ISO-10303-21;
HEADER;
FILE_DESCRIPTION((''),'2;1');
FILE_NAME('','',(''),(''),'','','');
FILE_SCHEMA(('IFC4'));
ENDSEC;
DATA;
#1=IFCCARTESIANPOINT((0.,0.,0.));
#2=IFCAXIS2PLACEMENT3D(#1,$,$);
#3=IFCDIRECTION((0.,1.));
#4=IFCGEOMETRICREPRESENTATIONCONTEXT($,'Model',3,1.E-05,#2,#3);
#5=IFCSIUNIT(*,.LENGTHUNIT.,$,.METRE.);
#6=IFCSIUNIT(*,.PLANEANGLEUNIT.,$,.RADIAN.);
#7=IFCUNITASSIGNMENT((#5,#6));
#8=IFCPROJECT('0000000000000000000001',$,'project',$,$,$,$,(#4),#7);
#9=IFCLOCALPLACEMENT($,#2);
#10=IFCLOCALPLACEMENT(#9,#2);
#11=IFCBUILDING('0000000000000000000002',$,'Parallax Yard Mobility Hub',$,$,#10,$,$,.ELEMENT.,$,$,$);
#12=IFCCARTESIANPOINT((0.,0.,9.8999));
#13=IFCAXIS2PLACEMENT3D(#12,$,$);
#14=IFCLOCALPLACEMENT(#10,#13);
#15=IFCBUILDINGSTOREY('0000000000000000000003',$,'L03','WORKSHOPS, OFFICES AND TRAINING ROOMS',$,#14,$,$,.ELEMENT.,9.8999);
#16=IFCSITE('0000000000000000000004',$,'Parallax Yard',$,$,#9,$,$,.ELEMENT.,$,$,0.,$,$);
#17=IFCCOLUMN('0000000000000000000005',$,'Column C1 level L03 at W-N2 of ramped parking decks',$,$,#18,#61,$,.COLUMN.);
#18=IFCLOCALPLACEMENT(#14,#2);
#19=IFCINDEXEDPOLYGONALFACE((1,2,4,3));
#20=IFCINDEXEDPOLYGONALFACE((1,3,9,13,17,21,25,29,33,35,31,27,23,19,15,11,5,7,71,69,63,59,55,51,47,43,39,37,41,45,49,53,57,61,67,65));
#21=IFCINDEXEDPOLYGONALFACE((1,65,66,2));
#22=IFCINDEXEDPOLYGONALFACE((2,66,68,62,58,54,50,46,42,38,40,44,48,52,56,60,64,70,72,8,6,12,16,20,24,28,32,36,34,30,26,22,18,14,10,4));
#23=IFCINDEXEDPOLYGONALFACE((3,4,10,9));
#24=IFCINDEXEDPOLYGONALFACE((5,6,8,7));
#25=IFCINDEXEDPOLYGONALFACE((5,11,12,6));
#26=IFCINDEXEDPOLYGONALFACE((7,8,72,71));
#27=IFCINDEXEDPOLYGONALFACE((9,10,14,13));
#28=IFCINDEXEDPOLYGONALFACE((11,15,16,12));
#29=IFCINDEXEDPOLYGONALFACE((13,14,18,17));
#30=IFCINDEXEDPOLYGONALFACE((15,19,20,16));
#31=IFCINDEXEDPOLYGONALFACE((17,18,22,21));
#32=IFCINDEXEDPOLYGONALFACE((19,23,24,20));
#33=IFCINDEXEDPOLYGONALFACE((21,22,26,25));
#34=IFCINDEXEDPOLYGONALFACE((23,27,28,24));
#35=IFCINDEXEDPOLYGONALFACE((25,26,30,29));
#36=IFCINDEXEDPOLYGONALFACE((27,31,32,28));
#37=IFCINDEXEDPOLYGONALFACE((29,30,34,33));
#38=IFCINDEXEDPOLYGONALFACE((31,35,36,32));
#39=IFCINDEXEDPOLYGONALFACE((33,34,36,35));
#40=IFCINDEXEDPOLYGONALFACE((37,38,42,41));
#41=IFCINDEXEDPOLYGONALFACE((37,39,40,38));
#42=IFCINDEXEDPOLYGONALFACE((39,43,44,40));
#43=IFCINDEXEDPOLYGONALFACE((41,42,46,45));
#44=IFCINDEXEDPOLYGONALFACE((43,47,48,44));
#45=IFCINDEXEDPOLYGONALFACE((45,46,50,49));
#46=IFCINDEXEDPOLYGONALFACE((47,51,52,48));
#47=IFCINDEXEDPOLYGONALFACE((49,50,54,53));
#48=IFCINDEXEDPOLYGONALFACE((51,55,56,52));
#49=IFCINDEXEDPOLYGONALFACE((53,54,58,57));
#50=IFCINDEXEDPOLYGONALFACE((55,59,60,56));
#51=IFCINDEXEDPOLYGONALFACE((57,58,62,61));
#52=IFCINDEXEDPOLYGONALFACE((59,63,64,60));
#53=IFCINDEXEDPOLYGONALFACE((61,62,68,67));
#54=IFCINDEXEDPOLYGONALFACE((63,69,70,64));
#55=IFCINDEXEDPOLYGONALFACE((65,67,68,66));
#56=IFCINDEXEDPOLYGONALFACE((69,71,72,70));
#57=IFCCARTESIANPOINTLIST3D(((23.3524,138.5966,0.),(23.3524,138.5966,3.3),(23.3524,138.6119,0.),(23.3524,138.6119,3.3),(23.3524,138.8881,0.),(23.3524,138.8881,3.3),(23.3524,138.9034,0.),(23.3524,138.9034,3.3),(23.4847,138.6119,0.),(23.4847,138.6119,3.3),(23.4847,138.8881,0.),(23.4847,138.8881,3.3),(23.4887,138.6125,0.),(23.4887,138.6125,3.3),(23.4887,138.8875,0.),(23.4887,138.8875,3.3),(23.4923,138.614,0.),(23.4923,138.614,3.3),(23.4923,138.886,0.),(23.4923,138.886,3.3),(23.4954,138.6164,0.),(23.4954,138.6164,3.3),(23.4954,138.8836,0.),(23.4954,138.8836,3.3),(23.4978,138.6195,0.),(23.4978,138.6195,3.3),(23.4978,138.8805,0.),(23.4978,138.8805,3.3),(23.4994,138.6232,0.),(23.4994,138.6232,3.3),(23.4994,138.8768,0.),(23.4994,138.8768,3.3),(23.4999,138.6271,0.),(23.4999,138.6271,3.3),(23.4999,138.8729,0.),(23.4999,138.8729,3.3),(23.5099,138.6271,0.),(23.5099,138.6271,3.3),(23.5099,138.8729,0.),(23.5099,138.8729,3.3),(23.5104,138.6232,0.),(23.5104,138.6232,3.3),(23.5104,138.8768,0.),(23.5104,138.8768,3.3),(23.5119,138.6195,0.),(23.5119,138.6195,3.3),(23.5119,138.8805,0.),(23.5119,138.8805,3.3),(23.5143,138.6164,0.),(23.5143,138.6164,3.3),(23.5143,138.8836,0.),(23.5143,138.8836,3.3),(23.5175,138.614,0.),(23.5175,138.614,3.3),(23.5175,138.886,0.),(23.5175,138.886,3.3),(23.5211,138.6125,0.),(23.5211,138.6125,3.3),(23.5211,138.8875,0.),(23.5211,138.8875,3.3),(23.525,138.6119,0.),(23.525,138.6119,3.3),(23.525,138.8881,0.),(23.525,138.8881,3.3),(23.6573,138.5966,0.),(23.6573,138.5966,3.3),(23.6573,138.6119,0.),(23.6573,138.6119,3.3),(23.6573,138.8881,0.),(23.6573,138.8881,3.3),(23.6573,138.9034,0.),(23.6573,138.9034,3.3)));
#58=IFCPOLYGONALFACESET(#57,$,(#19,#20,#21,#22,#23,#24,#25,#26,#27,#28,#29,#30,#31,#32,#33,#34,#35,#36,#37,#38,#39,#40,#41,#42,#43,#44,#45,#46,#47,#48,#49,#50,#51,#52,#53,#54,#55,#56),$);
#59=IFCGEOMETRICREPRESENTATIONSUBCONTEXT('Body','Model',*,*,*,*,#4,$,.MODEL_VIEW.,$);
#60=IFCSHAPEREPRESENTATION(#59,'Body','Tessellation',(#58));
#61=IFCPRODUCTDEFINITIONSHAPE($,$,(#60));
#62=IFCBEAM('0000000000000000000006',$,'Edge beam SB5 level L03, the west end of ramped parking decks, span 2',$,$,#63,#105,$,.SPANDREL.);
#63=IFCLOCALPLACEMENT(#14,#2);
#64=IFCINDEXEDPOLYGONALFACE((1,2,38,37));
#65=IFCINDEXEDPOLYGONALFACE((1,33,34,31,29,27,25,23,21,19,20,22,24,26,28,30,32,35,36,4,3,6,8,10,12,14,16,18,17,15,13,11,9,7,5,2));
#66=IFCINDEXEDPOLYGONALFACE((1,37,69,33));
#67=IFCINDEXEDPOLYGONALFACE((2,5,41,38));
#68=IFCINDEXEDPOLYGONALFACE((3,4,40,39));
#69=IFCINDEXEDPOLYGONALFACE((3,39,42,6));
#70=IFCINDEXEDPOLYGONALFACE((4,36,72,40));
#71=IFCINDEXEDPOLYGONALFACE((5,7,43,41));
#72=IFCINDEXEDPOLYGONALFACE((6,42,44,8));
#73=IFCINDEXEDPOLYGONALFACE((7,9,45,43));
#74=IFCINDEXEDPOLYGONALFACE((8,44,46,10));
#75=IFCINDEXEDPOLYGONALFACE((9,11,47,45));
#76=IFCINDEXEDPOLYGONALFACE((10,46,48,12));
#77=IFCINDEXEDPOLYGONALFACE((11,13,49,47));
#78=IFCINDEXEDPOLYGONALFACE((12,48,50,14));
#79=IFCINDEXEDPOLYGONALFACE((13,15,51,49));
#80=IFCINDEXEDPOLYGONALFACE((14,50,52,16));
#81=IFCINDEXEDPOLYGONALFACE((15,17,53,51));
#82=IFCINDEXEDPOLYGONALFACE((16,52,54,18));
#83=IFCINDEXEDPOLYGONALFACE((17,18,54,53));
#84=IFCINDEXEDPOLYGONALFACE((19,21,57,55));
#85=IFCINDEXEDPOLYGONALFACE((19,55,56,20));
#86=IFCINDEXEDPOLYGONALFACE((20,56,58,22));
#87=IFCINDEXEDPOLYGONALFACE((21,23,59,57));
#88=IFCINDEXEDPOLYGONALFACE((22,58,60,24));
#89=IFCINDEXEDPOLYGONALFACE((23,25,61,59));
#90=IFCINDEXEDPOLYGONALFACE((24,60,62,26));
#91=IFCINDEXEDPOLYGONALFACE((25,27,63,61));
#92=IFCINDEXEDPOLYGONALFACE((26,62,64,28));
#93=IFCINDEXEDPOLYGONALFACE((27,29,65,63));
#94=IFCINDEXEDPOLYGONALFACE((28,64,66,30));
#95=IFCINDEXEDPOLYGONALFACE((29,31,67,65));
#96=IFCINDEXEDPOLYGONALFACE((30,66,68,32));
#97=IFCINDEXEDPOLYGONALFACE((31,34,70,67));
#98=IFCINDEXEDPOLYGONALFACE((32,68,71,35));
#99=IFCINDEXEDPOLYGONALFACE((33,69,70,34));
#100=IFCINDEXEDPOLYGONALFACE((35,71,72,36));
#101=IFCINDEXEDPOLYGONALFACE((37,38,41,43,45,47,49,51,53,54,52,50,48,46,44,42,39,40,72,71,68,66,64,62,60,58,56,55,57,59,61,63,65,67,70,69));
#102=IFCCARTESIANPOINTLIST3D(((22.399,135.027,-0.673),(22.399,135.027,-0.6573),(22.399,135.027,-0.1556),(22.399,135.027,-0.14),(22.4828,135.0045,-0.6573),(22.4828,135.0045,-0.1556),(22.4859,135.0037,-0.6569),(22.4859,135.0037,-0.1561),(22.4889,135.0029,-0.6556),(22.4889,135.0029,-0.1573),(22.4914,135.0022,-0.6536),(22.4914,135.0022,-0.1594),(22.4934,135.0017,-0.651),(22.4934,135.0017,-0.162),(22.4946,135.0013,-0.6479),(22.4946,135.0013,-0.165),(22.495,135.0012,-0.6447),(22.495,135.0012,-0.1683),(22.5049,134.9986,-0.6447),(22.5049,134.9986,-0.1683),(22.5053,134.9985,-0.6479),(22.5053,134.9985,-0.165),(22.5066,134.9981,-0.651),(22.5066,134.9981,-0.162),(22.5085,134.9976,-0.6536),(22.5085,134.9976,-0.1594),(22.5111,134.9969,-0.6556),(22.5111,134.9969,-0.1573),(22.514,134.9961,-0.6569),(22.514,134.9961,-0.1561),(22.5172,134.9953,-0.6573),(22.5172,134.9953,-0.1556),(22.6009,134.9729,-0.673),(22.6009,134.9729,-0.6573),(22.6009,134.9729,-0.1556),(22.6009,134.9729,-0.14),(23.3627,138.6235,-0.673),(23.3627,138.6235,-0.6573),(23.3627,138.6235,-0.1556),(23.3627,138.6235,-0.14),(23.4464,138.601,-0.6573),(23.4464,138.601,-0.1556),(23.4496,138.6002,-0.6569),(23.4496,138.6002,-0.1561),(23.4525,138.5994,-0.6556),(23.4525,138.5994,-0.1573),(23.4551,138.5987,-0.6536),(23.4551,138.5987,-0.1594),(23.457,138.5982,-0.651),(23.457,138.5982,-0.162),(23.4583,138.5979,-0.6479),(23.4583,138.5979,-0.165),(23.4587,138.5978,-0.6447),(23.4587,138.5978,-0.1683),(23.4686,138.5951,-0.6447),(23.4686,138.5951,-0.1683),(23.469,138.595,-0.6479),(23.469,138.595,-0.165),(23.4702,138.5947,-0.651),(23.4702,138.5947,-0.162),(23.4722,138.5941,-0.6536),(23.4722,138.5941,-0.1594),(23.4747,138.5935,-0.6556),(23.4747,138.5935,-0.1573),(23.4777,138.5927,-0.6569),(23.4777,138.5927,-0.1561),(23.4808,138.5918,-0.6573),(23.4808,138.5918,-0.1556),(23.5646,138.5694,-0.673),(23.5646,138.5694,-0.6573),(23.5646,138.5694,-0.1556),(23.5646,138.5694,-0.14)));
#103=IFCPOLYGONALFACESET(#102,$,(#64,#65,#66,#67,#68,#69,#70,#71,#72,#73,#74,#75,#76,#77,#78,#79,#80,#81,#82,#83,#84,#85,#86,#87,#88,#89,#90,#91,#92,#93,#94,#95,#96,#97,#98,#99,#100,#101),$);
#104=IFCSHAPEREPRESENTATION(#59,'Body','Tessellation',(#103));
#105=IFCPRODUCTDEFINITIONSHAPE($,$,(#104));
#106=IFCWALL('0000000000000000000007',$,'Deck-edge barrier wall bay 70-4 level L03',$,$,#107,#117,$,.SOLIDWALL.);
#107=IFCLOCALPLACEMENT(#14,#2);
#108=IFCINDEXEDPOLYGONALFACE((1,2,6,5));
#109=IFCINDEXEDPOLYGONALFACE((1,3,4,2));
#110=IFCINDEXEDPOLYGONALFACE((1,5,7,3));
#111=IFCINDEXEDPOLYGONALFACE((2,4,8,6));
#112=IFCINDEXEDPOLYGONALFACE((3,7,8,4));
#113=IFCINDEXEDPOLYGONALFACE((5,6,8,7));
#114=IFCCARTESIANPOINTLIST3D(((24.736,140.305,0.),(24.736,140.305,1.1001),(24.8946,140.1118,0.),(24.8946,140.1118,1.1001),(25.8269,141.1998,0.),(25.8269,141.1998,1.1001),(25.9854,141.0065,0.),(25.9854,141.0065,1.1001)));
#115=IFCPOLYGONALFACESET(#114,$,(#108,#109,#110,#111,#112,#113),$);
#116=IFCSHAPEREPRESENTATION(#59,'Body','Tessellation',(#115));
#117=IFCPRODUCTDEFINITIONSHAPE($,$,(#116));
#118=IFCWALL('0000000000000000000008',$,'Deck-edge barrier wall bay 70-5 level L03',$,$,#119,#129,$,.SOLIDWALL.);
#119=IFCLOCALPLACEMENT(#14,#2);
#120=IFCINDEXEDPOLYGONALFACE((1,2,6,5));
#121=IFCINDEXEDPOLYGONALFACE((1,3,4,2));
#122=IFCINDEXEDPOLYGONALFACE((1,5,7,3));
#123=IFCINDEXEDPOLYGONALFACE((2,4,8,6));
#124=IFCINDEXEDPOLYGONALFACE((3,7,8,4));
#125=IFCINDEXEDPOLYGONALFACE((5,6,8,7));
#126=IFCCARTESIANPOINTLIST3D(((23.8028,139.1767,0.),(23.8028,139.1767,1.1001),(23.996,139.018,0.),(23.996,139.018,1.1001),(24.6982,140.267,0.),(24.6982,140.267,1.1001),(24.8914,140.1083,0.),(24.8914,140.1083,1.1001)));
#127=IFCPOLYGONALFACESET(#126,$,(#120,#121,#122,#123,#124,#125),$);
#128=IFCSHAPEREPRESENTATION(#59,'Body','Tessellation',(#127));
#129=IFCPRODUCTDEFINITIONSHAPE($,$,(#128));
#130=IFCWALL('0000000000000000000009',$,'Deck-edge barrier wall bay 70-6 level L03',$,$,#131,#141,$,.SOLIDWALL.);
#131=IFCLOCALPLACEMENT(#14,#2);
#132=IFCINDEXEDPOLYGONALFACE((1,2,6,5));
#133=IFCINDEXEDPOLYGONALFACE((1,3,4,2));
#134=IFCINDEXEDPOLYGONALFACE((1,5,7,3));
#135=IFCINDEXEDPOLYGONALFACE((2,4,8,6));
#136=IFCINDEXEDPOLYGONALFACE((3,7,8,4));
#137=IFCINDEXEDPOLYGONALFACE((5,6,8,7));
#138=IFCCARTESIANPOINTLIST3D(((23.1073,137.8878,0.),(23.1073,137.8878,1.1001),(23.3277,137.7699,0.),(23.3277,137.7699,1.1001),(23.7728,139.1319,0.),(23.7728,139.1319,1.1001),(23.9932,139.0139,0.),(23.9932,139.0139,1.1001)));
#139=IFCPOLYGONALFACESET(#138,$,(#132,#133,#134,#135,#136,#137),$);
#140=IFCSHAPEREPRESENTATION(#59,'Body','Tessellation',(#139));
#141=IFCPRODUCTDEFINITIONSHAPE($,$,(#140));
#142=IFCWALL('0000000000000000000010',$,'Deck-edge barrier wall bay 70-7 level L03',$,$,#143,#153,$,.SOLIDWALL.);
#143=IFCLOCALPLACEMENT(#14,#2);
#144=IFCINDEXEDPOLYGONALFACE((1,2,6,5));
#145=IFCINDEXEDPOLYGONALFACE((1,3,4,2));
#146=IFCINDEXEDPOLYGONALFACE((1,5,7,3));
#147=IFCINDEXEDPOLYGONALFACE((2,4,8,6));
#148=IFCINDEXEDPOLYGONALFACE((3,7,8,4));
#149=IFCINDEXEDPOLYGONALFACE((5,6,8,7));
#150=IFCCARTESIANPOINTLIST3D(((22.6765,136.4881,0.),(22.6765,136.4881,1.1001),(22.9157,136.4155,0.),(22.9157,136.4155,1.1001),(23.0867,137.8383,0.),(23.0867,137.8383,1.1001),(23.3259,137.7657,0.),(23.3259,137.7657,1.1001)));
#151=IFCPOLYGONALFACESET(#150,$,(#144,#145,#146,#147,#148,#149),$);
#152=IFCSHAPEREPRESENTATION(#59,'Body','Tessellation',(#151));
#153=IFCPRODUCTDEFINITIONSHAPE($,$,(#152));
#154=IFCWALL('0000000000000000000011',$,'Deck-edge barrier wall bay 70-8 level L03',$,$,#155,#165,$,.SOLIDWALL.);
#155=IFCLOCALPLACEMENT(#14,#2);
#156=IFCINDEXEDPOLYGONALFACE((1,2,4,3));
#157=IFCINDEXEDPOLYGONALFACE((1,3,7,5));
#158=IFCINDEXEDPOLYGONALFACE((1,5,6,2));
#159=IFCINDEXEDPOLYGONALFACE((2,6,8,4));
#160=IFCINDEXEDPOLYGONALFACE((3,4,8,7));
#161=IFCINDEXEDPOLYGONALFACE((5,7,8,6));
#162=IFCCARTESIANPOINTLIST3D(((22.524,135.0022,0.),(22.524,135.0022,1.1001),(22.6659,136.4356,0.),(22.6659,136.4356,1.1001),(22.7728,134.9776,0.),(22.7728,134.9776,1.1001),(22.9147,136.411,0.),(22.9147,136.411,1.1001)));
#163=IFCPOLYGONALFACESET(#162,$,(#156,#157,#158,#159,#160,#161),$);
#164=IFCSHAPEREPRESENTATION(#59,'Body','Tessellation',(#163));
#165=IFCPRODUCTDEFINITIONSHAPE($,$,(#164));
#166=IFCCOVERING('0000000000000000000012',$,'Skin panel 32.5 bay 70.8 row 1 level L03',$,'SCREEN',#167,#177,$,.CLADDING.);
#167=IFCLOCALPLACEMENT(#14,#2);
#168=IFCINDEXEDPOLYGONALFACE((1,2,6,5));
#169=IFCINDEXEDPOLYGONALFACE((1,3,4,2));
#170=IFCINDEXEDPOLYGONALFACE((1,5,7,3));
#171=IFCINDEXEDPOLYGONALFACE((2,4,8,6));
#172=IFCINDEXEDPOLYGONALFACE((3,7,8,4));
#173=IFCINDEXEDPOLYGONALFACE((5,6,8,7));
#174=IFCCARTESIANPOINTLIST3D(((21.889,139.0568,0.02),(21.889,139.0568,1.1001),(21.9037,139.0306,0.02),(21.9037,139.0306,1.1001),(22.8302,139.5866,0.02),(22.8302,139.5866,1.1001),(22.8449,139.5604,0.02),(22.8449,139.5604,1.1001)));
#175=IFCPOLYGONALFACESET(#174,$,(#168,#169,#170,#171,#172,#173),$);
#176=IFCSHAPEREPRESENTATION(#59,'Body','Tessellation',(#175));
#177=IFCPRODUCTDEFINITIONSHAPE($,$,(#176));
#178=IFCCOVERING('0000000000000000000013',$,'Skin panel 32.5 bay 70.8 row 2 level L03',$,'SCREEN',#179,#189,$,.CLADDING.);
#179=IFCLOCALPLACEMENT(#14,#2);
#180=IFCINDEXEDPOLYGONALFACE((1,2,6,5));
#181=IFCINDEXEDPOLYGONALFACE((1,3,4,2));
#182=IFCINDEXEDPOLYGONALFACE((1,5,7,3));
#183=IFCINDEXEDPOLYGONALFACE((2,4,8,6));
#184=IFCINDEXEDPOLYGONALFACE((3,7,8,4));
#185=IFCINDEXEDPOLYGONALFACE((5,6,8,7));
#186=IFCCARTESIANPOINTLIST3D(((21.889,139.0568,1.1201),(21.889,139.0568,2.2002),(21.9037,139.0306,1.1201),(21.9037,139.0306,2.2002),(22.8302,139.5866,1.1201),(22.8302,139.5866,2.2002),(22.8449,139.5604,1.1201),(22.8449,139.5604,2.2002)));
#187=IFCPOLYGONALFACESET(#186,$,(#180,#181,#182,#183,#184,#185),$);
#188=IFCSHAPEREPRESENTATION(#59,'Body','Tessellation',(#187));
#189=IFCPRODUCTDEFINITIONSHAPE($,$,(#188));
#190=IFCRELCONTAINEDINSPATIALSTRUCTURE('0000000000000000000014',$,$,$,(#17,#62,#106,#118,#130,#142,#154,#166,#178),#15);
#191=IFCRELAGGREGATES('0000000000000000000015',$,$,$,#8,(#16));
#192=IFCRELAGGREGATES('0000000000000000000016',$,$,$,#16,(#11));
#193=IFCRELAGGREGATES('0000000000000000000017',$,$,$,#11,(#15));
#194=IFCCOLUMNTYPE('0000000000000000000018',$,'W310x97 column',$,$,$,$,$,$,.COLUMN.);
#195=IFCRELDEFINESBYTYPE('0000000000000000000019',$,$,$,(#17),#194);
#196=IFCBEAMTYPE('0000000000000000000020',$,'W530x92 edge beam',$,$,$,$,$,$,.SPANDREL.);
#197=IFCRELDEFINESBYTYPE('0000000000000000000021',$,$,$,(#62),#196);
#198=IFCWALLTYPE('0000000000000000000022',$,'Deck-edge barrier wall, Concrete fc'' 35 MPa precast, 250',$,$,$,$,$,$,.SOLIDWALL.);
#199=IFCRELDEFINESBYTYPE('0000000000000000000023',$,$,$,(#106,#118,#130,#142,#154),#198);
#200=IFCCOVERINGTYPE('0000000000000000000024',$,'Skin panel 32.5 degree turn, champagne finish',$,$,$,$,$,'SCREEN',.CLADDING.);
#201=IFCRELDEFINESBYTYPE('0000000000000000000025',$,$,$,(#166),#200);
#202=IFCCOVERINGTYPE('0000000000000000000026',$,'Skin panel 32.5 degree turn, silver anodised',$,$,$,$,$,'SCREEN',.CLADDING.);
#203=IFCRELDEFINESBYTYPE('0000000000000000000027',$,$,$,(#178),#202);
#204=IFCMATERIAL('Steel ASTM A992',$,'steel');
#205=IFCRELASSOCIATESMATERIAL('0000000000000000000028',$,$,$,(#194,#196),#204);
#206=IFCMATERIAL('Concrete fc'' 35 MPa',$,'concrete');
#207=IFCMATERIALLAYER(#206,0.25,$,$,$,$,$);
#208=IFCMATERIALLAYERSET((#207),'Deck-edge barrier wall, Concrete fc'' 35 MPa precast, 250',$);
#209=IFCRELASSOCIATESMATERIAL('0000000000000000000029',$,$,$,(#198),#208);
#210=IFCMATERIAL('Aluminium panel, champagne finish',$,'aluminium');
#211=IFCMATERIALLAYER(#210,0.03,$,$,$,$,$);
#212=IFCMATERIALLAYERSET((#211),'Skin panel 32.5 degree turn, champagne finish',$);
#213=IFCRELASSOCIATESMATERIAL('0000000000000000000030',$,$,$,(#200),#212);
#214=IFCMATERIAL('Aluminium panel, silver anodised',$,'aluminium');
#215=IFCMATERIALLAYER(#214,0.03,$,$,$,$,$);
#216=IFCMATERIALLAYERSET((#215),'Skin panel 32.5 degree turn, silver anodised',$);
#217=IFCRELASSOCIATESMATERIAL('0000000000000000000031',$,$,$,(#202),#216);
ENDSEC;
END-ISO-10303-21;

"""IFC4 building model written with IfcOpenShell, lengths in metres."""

from ifc_helpers import new_model, si_unit, direction, frame, frame_2d, origin, origin_2d, place, context, subcontext, project, spatial, rectangle, i_section, extrude, material, layer, layer_set, material_profile, profile_set, type_object, element, save


model = new_model("IFC4")

# Units and contexts
model_context = context("Model", 3, precision=1e-05, world=origin(), true_north=direction((0.0, 1.0)))
body_context = subcontext(model_context, "Body", "Model", "MODEL_VIEW")
ifc_project = project(units=[si_unit("LENGTHUNIT", "METRE"), si_unit("PLANEANGLEUNIT", "RADIAN")], contexts=[model_context])

# Site, building, storey
site_placement = place(None, origin())
site = spatial("IfcSite", under=ifc_project, at=site_placement, Name="Parallax Yard", CompositionType="ELEMENT", RefElevation=0.0)
building_placement = place(site_placement, origin())
building = spatial("IfcBuilding", under=site, at=building_placement, Name="Parallax Yard Mobility Hub", CompositionType="ELEMENT")
storey_placement = place(building_placement, frame((0.0, 0.0, 9.8999)))
storey = spatial("IfcBuildingStorey", under=building, at=storey_placement, Name="L03", Description="WORKSHOPS, OFFICES AND TRAINING ROOMS", CompositionType="ELEMENT", Elevation=9.8999)

# Column
ifc_material_1 = material(Name="Steel ASTM A992", Category="steel")
ifc_material_profile_1 = material_profile(ifc_material_1, i_section(OverallWidth=0.3049, OverallDepth=0.3069, WebThickness=0.01, FlangeThickness=0.0154, FilletRadius=0.0151, at=origin_2d()), Name="W310x97")
ifc_profile_set_1 = profile_set([ifc_material_profile_1], Name="Steel ASTM A992")
column_type = type_object("IfcColumnType", Name="W310x97 column", PredefinedType="COLUMN", material=ifc_profile_set_1)
column_placement = place(storey_placement, frame((23.5049, 138.75, 0.0), z_axis=(0.0, 0.0, 1.0), x_axis=(1.0, 0.0, 0.0)))
element("IfcColumn", 1, at=column_placement, inside=storey, type_object=column_type, Name="Column C1 level L03 at W-N2 of ramped parking decks", PredefinedType="COLUMN", context=body_context, shape_type="SweptSolid", body=[
    extrude(i_section(OverallWidth=0.3049, OverallDepth=0.3069, WebThickness=0.01, FlangeThickness=0.0154, FilletRadius=0.0151, at=origin_2d()), origin(), (0.0, 0.0, 1.0), 3.3),
])

# Beam
ifc_material_profile_2 = material_profile(ifc_material_1, i_section(OverallWidth=0.209, OverallDepth=0.533, WebThickness=0.0103, FlangeThickness=0.0156, FilletRadius=0.0127, at=origin_2d()), Name="W530x92")
ifc_profile_set_2 = profile_set([ifc_material_profile_2], Name="Steel ASTM A992")
beam_type = type_object("IfcBeamType", Name="W530x92 edge beam", PredefinedType="SPANDREL", material=ifc_profile_set_2)
beam_placement = place(storey_placement, frame((23.4636, 138.5964, -0.4065), z_axis=(-0.258809, -0.965928, 0.0), x_axis=(0.965928, -0.258809, 0.0)))
element("IfcBeam", 2, at=beam_placement, inside=storey, type_object=beam_type, Name="Edge beam SB5 level L03, the west end of ramped parking decks, span 2", PredefinedType="SPANDREL", context=body_context, shape_type="SweptSolid", body=[
    extrude(i_section(OverallWidth=0.209, OverallDepth=0.533, WebThickness=0.0103, FlangeThickness=0.0156, FilletRadius=0.0127, at=origin_2d()), origin(), (0.0, 0.0, 1.0), 3.7234),
])

# Walls
ifc_material_2 = material(Name="Concrete fc' 35 MPa", Category="concrete")
ifc_layer_1 = layer(ifc_material_2, 0.25)
ifc_layer_set_1 = layer_set([ifc_layer_1], Name="Deck-edge barrier wall, Concrete fc' 35 MPa precast, 250")
wall_type = type_object("IfcWallType", Name="Deck-edge barrier wall, Concrete fc' 35 MPa precast, 250", PredefinedType="SOLIDWALL", material=ifc_layer_set_1)
for number, where, z_axis, x_axis, name in (
    (3, (25.9062, 141.1033, 0.0), (0.0, 0.0, 1.0), (-0.773163, -0.634208, 0.0), "Deck-edge barrier wall bay 70-4 level L03"),
    (4, (24.7949, 140.1877, 0.0), (0.0, 0.0, 1.0), (-0.634688, -0.772769, 0.0), "Deck-edge barrier wall bay 70-5 level L03"),
    (5, (23.8831, 139.073, 0.0), (0.0, 0.0, 1.0), (-0.471684, -0.881768, 0.0), "Deck-edge barrier wall bay 70-6 level L03"),
):
    element("IfcWall", number, at=place(storey_placement, frame(where, z_axis=z_axis, x_axis=x_axis)), inside=storey, type_object=wall_type, Name=name, PredefinedType="SOLIDWALL", context=body_context, shape_type="SweptSolid", body=[
        extrude(rectangle(XDim=1.4109, YDim=0.25, at=frame_2d((0.7056, 0.0))), origin(), (0.0, 0.0, 1.0), 1.1001),
    ])
wall_1_placement = place(storey_placement, frame((23.2063, 137.802, 0.0), z_axis=(0.0, 0.0, 1.0), x_axis=(-0.29068, -0.95682, 0.0)))
element("IfcWall", 6, at=wall_1_placement, inside=storey, type_object=wall_type, Name="Deck-edge barrier wall bay 70-7 level L03", PredefinedType="SOLIDWALL", context=body_context, shape_type="SweptSolid", body=[
    extrude(rectangle(XDim=1.4111, YDim=0.25, at=frame_2d((0.7056, 0.0))), origin(), (0.0, 0.0, 1.0), 1.1001),
])
wall_2_placement = place(storey_placement, frame((22.7903, 136.4233, 0.0), z_axis=(0.0, 0.0, 1.0), x_axis=(-0.09848, -0.995139, 0.0)))
element("IfcWall", 7, at=wall_2_placement, inside=storey, type_object=wall_type, Name="Deck-edge barrier wall bay 70-8 level L03", PredefinedType="SOLIDWALL", context=body_context, shape_type="SweptSolid", body=[
    extrude(rectangle(XDim=1.4404, YDim=0.25, at=frame_2d((0.7202, 0.0))), origin(), (0.0, 0.0, 1.0), 1.1001),
])

# Coverings
ifc_material_3 = material(Name="Aluminium panel, champagne finish", Category="aluminium")
ifc_layer_2 = layer(ifc_material_3, 0.03)
ifc_layer_set_2 = layer_set([ifc_layer_2], Name="Skin panel 32.5 degree turn, champagne finish")
covering_type_1 = type_object("IfcCoveringType", Name="Skin panel 32.5 degree turn, champagne finish", ElementType="SCREEN", PredefinedType="CLADDING", material=ifc_layer_set_2)
covering_placement = place(storey_placement, frame((22.3669, 139.3086, 0.02), z_axis=(0.0, 0.0, 1.0), x_axis=(-0.871428, -0.490524, 0.0)))
element("IfcCovering", 8, at=covering_placement, inside=storey, type_object=covering_type_1, Name="Skin panel 32.5 bay 70.8 row 1 level L03", ObjectType="SCREEN", PredefinedType="CLADDING", context=body_context, shape_type="SweptSolid", body=[
    extrude(rectangle(XDim=1.0801, YDim=0.03, at=origin_2d()), origin(), (0.0, 0.0, 1.0), 1.0801),
])
ifc_material_4 = material(Name="Aluminium panel, silver anodised", Category="aluminium")
ifc_layer_3 = layer(ifc_material_4, 0.03)
ifc_layer_set_3 = layer_set([ifc_layer_3], Name="Skin panel 32.5 degree turn, silver anodised")
covering_type_2 = type_object("IfcCoveringType", Name="Skin panel 32.5 degree turn, silver anodised", ElementType="SCREEN", PredefinedType="CLADDING", material=ifc_layer_set_3)
for number, where, z_axis, x_axis, name in (
    (9, (22.3669, 139.3086, 1.1201), (0.0, 0.0, 1.0), (-0.871428, -0.490524, 0.0), "Skin panel 32.5 bay 70.8 row 2 level L03"),
):
    element("IfcCovering", number, at=place(storey_placement, frame(where, z_axis=z_axis, x_axis=x_axis)), inside=storey, type_object=covering_type_2, Name=name, ObjectType="SCREEN", PredefinedType="CLADDING", context=body_context, shape_type="SweptSolid", body=[
        extrude(rectangle(XDim=1.0801, YDim=0.03, at=origin_2d()), origin(), (0.0, 0.0, 1.0), 1.0801),
    ])

save(model, "model.ifc")
